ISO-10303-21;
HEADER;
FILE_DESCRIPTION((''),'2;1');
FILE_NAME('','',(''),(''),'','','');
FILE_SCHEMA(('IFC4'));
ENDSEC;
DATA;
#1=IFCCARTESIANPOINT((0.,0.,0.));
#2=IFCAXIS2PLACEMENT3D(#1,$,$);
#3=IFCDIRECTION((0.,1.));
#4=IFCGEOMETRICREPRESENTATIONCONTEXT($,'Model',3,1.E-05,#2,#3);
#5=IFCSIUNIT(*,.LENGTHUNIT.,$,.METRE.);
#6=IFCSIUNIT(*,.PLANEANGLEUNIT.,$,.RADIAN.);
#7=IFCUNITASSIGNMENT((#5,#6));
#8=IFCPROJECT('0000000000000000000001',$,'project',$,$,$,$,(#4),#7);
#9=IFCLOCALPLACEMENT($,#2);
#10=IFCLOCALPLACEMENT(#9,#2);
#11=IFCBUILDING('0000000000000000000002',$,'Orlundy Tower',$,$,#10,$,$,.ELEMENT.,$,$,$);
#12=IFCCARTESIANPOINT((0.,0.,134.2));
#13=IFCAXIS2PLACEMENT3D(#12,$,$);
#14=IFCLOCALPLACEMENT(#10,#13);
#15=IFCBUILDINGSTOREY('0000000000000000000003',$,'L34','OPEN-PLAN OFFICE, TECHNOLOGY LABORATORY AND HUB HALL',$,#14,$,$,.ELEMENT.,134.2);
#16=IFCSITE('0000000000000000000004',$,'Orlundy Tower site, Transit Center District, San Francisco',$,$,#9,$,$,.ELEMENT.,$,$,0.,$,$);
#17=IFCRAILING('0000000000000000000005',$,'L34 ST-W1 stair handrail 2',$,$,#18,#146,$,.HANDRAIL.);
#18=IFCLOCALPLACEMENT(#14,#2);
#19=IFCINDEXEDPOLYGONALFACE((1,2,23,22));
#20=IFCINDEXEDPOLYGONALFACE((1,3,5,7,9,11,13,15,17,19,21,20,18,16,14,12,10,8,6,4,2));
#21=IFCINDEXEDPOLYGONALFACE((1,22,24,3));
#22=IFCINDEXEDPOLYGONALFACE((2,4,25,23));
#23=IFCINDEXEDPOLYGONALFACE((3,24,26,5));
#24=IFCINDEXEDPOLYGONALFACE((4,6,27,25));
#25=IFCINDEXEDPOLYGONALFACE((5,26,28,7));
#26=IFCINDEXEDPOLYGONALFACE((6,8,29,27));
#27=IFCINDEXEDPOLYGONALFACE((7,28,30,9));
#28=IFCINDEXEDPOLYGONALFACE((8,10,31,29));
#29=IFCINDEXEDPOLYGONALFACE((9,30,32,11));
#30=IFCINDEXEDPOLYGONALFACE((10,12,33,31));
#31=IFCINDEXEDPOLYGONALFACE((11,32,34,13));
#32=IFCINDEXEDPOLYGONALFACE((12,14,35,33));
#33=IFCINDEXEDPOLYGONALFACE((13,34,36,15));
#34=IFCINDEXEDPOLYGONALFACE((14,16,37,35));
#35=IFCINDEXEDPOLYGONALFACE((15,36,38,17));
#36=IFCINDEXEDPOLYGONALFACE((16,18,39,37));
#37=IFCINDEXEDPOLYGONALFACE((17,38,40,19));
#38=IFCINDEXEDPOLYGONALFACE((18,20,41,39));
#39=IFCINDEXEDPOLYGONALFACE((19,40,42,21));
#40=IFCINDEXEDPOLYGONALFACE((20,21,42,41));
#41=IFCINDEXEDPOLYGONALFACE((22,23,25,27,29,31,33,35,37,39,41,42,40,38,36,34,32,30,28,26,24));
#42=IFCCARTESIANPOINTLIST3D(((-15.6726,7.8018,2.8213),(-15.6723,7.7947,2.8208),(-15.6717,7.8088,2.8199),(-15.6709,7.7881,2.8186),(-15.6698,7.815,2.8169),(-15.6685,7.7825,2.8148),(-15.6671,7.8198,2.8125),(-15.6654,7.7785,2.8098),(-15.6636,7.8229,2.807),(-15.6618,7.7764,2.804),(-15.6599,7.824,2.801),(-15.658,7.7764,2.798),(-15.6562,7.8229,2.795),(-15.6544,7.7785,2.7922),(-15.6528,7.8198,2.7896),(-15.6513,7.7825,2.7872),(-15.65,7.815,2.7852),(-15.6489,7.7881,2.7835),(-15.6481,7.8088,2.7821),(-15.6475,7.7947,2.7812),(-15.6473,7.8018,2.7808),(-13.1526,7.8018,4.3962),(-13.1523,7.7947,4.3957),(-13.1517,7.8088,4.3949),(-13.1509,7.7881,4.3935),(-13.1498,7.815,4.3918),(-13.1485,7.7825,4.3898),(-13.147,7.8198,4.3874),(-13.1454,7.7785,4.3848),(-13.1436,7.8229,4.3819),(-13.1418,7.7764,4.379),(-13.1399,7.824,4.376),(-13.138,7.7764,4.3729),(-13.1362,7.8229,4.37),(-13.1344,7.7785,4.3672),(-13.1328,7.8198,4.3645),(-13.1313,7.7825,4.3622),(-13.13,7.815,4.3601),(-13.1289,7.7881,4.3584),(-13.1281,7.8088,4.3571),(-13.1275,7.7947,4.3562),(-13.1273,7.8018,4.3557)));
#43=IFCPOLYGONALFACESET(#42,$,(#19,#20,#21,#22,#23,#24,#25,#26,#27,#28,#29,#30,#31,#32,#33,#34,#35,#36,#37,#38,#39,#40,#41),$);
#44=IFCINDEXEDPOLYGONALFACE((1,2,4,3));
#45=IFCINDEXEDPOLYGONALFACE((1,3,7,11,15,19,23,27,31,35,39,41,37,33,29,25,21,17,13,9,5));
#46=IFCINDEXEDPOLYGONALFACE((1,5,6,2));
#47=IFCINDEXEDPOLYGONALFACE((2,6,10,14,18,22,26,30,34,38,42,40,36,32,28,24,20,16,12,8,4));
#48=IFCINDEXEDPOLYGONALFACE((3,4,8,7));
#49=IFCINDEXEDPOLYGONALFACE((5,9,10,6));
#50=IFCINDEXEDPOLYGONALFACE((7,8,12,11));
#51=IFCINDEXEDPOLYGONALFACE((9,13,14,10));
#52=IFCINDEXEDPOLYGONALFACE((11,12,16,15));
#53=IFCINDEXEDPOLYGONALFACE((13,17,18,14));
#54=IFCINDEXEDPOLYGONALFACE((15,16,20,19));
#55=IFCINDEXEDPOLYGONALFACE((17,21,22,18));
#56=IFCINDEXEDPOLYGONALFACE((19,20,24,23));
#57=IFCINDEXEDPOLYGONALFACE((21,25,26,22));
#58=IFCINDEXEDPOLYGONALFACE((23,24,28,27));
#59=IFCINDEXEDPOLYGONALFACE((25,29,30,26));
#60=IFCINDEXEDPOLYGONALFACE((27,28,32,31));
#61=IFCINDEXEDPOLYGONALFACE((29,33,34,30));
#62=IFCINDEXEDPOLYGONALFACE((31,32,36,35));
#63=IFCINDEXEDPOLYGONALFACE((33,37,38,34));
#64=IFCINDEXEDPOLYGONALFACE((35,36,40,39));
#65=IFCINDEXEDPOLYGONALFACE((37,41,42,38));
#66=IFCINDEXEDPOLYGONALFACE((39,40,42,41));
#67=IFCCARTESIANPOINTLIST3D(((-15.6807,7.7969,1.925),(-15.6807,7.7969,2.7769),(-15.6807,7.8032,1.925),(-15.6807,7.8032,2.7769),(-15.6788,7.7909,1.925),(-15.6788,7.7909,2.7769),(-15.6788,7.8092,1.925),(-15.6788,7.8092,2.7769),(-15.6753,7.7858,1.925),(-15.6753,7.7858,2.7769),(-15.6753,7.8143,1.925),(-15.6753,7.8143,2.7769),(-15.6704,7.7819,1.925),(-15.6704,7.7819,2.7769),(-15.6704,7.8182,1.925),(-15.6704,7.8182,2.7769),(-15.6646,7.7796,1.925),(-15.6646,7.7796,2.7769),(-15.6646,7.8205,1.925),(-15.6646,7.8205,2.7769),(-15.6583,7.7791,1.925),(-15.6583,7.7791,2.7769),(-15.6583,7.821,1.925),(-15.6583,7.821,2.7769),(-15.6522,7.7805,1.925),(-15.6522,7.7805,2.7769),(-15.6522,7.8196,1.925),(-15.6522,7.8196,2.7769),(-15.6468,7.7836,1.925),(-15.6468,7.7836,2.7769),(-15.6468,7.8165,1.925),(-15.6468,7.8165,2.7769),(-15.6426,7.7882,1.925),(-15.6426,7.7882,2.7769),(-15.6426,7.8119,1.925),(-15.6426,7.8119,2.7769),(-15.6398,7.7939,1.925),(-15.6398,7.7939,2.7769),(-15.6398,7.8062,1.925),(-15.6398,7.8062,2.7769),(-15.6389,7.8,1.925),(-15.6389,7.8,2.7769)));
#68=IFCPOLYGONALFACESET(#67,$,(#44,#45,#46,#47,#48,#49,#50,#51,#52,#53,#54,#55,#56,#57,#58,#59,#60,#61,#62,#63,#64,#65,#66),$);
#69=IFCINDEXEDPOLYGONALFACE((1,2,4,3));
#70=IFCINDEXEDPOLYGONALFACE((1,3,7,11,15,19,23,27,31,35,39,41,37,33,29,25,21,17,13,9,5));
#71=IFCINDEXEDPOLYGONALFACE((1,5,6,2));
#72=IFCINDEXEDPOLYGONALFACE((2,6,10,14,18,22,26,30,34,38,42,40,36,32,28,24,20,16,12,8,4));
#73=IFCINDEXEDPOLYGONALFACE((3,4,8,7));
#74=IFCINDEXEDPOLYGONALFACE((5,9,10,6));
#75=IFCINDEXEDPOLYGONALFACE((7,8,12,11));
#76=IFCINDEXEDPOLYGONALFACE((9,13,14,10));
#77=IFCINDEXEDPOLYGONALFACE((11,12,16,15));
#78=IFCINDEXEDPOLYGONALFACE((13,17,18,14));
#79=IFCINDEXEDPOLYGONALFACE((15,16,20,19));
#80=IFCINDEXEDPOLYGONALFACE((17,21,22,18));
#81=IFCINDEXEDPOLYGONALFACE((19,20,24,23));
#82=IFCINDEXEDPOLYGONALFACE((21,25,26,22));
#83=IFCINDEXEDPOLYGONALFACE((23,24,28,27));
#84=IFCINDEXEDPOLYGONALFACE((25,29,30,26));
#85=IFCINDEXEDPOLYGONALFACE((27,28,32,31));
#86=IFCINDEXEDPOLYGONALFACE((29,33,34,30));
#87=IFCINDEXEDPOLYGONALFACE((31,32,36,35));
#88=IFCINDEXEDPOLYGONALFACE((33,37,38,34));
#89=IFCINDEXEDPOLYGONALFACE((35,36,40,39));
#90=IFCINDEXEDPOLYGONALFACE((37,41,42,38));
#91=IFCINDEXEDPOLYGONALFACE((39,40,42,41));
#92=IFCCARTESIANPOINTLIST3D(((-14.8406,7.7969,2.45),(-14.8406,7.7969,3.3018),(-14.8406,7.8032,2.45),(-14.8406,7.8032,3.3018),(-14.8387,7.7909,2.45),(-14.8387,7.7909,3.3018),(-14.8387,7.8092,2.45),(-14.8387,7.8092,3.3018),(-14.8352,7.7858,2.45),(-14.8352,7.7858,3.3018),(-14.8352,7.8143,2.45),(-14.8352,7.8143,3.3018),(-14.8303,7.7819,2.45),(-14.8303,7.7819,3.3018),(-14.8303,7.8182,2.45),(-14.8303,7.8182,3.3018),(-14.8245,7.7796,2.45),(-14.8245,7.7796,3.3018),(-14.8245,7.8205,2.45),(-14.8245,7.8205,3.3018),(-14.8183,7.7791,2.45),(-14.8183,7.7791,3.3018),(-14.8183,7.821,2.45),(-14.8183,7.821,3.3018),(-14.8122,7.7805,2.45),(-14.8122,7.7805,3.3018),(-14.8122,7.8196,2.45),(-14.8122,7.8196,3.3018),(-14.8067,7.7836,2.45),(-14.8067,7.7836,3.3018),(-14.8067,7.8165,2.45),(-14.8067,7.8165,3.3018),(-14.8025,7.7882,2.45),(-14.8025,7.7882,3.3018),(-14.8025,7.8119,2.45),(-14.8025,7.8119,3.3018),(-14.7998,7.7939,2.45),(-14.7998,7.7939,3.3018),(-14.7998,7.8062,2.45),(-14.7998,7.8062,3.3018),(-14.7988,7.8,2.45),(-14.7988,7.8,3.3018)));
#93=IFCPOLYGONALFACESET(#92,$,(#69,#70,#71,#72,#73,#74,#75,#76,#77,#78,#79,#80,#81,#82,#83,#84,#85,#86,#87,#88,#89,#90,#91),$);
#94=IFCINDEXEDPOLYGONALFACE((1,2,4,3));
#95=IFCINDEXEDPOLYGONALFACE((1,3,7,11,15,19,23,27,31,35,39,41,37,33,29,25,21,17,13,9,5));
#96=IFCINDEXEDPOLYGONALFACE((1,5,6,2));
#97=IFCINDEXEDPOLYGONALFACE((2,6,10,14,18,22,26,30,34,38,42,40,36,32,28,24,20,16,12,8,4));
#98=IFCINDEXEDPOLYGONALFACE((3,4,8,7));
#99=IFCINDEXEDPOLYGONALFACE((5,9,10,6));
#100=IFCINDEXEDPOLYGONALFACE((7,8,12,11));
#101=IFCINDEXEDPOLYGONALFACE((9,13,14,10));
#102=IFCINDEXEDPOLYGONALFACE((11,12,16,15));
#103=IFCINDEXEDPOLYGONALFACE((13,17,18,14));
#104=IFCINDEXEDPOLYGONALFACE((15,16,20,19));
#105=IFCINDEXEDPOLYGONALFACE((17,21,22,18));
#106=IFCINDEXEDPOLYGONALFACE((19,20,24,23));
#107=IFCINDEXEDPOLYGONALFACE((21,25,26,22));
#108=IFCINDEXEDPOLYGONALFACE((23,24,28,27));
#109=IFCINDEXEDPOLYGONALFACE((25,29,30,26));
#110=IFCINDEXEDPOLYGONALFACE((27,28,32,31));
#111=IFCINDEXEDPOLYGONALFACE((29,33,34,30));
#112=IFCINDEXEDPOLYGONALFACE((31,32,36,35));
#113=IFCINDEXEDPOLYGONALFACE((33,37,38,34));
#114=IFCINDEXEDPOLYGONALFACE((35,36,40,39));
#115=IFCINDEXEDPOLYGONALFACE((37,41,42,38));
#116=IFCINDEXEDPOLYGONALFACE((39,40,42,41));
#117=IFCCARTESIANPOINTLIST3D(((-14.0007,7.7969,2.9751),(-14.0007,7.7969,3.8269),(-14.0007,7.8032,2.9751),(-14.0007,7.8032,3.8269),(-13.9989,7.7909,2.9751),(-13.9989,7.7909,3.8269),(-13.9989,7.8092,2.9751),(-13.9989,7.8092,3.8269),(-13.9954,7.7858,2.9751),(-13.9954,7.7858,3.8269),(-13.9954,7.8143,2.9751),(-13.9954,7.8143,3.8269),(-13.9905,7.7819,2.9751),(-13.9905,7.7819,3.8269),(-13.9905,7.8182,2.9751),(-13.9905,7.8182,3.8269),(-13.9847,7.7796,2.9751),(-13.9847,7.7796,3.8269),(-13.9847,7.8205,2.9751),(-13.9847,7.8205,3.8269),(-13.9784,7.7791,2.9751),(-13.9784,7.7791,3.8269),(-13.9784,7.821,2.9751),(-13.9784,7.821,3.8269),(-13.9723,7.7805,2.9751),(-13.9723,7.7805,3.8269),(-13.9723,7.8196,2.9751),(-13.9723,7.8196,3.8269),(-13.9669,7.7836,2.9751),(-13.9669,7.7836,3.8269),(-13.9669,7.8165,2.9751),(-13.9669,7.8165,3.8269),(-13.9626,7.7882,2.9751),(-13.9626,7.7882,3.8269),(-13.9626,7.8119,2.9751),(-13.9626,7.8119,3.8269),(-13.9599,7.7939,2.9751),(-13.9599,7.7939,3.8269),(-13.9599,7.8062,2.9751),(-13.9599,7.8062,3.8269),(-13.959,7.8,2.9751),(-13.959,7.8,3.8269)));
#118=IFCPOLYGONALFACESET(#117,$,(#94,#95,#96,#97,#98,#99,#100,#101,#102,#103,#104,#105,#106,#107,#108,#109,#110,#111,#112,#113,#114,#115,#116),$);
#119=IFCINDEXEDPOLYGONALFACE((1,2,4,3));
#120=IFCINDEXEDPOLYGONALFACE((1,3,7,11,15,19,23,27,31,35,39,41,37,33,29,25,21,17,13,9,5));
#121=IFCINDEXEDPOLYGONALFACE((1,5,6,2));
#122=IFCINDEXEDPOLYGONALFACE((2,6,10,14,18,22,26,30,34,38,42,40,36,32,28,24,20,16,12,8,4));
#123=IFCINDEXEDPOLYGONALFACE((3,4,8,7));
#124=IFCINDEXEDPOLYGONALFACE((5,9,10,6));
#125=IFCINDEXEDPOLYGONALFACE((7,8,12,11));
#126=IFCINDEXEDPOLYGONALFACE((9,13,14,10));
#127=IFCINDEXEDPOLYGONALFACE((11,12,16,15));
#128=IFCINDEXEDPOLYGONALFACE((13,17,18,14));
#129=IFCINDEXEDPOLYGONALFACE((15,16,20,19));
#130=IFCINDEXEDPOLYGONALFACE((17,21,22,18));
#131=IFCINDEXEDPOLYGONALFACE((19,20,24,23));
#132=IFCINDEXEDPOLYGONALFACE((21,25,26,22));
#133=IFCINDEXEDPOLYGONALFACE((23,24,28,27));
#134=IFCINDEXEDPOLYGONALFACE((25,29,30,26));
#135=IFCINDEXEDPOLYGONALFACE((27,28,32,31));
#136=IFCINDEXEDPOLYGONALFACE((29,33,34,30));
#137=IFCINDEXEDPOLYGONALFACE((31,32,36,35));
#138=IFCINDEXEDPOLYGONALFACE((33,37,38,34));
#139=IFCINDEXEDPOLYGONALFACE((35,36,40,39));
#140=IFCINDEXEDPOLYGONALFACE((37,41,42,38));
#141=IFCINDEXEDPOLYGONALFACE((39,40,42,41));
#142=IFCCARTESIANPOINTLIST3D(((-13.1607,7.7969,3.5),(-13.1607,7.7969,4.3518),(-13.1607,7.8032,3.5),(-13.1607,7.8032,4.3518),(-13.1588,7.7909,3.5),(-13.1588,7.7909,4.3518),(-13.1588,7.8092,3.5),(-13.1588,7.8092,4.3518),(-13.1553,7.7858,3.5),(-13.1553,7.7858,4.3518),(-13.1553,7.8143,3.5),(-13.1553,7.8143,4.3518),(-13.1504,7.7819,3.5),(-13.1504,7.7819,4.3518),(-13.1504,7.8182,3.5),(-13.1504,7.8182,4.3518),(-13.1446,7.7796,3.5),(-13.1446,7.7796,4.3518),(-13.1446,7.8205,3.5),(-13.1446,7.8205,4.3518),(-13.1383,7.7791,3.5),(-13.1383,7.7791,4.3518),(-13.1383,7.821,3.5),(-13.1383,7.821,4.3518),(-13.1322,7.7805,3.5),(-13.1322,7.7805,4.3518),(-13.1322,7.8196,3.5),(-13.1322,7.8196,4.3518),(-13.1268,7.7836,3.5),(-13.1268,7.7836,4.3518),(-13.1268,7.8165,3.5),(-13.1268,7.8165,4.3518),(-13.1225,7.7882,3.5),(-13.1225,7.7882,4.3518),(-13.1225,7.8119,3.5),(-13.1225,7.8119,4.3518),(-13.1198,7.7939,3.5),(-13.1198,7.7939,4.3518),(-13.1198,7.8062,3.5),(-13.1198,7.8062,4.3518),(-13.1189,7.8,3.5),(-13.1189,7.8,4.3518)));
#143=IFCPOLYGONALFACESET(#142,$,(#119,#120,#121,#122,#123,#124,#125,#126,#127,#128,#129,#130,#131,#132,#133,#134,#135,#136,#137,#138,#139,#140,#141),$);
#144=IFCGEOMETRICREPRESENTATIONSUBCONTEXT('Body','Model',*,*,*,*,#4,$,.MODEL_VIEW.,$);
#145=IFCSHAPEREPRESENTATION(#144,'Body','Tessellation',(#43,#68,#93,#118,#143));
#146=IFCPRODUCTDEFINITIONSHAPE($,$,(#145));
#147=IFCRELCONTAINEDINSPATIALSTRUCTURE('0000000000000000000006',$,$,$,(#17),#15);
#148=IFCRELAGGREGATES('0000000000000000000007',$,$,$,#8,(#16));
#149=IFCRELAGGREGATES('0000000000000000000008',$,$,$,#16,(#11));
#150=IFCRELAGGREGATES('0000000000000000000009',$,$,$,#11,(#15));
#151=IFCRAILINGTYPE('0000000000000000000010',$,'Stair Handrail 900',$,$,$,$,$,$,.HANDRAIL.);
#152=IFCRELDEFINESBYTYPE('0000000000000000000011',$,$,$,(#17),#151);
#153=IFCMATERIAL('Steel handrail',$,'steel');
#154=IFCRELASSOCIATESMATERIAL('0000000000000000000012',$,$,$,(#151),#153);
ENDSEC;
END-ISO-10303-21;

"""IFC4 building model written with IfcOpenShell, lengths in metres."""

from ifc_helpers import new_model, si_unit, direction, frame, origin, origin_2d, place, context, subcontext, project, spatial, circle, extrude, material, type_object, element, save


model = new_model("IFC4")

# Units and contexts
model_context = context("Model", 3, precision=1e-05, world=origin(), true_north=direction((0.0, 1.0)))
body_context = subcontext(model_context, "Body", "Model", "MODEL_VIEW")
ifc_project = project(units=[si_unit("LENGTHUNIT", "METRE"), si_unit("PLANEANGLEUNIT", "RADIAN")], contexts=[model_context])

# Site, building, storey
site_placement = place(None, origin())
site = spatial("IfcSite", under=ifc_project, at=site_placement, Name="Orlundy Tower site, Transit Center District, San Francisco", CompositionType="ELEMENT", RefElevation=0.0)
building_placement = place(site_placement, origin())
building = spatial("IfcBuilding", under=site, at=building_placement, Name="Orlundy Tower", CompositionType="ELEMENT")
storey_placement = place(building_placement, frame((0.0, 0.0, 134.2)))
storey = spatial("IfcBuildingStorey", under=building, at=storey_placement, Name="L34", Description="OPEN-PLAN OFFICE, TECHNOLOGY LABORATORY AND HUB HALL", CompositionType="ELEMENT", Elevation=134.2)

# Railing
ifc_material_1 = material(Name="Steel handrail", Category="steel")
railing_type = type_object("IfcRailingType", Name="Stair Handrail 900", PredefinedType="HANDRAIL", material=ifc_material_1)
railing_placement = place(storey_placement, frame((-15.6599, 7.8, 1.925)))
element("IfcRailing", 1, at=railing_placement, inside=storey, type_object=railing_type, Name="L34 ST-W1 stair handrail 2", PredefinedType="HANDRAIL", context=body_context, shape_type="SweptSolid", body=[
    extrude(circle(Radius=0.0239, at=origin_2d()), frame((0.0, 0.0, 0.876), z_axis=(0.848008, 0.0, 0.529984), x_axis=(0.0, 1.0, 0.0)), (0.0, 0.0, 1.0), 2.9717),
    extrude(circle(Radius=0.021, at=origin_2d()), origin(), (0.0, 0.0, 1.0), 0.8518),
    extrude(circle(Radius=0.021, at=origin_2d()), frame((0.8401, 0.0, 0.5249)), (0.0, 0.0, 1.0), 0.8518),
    extrude(circle(Radius=0.021, at=origin_2d()), frame((1.6799, 0.0, 1.05)), (0.0, 0.0, 1.0), 0.8518),
    extrude(circle(Radius=0.021, at=origin_2d()), frame((2.52, 0.0, 1.575)), (0.0, 0.0, 1.0), 0.8518),
])

save(model, "model.ifc")
